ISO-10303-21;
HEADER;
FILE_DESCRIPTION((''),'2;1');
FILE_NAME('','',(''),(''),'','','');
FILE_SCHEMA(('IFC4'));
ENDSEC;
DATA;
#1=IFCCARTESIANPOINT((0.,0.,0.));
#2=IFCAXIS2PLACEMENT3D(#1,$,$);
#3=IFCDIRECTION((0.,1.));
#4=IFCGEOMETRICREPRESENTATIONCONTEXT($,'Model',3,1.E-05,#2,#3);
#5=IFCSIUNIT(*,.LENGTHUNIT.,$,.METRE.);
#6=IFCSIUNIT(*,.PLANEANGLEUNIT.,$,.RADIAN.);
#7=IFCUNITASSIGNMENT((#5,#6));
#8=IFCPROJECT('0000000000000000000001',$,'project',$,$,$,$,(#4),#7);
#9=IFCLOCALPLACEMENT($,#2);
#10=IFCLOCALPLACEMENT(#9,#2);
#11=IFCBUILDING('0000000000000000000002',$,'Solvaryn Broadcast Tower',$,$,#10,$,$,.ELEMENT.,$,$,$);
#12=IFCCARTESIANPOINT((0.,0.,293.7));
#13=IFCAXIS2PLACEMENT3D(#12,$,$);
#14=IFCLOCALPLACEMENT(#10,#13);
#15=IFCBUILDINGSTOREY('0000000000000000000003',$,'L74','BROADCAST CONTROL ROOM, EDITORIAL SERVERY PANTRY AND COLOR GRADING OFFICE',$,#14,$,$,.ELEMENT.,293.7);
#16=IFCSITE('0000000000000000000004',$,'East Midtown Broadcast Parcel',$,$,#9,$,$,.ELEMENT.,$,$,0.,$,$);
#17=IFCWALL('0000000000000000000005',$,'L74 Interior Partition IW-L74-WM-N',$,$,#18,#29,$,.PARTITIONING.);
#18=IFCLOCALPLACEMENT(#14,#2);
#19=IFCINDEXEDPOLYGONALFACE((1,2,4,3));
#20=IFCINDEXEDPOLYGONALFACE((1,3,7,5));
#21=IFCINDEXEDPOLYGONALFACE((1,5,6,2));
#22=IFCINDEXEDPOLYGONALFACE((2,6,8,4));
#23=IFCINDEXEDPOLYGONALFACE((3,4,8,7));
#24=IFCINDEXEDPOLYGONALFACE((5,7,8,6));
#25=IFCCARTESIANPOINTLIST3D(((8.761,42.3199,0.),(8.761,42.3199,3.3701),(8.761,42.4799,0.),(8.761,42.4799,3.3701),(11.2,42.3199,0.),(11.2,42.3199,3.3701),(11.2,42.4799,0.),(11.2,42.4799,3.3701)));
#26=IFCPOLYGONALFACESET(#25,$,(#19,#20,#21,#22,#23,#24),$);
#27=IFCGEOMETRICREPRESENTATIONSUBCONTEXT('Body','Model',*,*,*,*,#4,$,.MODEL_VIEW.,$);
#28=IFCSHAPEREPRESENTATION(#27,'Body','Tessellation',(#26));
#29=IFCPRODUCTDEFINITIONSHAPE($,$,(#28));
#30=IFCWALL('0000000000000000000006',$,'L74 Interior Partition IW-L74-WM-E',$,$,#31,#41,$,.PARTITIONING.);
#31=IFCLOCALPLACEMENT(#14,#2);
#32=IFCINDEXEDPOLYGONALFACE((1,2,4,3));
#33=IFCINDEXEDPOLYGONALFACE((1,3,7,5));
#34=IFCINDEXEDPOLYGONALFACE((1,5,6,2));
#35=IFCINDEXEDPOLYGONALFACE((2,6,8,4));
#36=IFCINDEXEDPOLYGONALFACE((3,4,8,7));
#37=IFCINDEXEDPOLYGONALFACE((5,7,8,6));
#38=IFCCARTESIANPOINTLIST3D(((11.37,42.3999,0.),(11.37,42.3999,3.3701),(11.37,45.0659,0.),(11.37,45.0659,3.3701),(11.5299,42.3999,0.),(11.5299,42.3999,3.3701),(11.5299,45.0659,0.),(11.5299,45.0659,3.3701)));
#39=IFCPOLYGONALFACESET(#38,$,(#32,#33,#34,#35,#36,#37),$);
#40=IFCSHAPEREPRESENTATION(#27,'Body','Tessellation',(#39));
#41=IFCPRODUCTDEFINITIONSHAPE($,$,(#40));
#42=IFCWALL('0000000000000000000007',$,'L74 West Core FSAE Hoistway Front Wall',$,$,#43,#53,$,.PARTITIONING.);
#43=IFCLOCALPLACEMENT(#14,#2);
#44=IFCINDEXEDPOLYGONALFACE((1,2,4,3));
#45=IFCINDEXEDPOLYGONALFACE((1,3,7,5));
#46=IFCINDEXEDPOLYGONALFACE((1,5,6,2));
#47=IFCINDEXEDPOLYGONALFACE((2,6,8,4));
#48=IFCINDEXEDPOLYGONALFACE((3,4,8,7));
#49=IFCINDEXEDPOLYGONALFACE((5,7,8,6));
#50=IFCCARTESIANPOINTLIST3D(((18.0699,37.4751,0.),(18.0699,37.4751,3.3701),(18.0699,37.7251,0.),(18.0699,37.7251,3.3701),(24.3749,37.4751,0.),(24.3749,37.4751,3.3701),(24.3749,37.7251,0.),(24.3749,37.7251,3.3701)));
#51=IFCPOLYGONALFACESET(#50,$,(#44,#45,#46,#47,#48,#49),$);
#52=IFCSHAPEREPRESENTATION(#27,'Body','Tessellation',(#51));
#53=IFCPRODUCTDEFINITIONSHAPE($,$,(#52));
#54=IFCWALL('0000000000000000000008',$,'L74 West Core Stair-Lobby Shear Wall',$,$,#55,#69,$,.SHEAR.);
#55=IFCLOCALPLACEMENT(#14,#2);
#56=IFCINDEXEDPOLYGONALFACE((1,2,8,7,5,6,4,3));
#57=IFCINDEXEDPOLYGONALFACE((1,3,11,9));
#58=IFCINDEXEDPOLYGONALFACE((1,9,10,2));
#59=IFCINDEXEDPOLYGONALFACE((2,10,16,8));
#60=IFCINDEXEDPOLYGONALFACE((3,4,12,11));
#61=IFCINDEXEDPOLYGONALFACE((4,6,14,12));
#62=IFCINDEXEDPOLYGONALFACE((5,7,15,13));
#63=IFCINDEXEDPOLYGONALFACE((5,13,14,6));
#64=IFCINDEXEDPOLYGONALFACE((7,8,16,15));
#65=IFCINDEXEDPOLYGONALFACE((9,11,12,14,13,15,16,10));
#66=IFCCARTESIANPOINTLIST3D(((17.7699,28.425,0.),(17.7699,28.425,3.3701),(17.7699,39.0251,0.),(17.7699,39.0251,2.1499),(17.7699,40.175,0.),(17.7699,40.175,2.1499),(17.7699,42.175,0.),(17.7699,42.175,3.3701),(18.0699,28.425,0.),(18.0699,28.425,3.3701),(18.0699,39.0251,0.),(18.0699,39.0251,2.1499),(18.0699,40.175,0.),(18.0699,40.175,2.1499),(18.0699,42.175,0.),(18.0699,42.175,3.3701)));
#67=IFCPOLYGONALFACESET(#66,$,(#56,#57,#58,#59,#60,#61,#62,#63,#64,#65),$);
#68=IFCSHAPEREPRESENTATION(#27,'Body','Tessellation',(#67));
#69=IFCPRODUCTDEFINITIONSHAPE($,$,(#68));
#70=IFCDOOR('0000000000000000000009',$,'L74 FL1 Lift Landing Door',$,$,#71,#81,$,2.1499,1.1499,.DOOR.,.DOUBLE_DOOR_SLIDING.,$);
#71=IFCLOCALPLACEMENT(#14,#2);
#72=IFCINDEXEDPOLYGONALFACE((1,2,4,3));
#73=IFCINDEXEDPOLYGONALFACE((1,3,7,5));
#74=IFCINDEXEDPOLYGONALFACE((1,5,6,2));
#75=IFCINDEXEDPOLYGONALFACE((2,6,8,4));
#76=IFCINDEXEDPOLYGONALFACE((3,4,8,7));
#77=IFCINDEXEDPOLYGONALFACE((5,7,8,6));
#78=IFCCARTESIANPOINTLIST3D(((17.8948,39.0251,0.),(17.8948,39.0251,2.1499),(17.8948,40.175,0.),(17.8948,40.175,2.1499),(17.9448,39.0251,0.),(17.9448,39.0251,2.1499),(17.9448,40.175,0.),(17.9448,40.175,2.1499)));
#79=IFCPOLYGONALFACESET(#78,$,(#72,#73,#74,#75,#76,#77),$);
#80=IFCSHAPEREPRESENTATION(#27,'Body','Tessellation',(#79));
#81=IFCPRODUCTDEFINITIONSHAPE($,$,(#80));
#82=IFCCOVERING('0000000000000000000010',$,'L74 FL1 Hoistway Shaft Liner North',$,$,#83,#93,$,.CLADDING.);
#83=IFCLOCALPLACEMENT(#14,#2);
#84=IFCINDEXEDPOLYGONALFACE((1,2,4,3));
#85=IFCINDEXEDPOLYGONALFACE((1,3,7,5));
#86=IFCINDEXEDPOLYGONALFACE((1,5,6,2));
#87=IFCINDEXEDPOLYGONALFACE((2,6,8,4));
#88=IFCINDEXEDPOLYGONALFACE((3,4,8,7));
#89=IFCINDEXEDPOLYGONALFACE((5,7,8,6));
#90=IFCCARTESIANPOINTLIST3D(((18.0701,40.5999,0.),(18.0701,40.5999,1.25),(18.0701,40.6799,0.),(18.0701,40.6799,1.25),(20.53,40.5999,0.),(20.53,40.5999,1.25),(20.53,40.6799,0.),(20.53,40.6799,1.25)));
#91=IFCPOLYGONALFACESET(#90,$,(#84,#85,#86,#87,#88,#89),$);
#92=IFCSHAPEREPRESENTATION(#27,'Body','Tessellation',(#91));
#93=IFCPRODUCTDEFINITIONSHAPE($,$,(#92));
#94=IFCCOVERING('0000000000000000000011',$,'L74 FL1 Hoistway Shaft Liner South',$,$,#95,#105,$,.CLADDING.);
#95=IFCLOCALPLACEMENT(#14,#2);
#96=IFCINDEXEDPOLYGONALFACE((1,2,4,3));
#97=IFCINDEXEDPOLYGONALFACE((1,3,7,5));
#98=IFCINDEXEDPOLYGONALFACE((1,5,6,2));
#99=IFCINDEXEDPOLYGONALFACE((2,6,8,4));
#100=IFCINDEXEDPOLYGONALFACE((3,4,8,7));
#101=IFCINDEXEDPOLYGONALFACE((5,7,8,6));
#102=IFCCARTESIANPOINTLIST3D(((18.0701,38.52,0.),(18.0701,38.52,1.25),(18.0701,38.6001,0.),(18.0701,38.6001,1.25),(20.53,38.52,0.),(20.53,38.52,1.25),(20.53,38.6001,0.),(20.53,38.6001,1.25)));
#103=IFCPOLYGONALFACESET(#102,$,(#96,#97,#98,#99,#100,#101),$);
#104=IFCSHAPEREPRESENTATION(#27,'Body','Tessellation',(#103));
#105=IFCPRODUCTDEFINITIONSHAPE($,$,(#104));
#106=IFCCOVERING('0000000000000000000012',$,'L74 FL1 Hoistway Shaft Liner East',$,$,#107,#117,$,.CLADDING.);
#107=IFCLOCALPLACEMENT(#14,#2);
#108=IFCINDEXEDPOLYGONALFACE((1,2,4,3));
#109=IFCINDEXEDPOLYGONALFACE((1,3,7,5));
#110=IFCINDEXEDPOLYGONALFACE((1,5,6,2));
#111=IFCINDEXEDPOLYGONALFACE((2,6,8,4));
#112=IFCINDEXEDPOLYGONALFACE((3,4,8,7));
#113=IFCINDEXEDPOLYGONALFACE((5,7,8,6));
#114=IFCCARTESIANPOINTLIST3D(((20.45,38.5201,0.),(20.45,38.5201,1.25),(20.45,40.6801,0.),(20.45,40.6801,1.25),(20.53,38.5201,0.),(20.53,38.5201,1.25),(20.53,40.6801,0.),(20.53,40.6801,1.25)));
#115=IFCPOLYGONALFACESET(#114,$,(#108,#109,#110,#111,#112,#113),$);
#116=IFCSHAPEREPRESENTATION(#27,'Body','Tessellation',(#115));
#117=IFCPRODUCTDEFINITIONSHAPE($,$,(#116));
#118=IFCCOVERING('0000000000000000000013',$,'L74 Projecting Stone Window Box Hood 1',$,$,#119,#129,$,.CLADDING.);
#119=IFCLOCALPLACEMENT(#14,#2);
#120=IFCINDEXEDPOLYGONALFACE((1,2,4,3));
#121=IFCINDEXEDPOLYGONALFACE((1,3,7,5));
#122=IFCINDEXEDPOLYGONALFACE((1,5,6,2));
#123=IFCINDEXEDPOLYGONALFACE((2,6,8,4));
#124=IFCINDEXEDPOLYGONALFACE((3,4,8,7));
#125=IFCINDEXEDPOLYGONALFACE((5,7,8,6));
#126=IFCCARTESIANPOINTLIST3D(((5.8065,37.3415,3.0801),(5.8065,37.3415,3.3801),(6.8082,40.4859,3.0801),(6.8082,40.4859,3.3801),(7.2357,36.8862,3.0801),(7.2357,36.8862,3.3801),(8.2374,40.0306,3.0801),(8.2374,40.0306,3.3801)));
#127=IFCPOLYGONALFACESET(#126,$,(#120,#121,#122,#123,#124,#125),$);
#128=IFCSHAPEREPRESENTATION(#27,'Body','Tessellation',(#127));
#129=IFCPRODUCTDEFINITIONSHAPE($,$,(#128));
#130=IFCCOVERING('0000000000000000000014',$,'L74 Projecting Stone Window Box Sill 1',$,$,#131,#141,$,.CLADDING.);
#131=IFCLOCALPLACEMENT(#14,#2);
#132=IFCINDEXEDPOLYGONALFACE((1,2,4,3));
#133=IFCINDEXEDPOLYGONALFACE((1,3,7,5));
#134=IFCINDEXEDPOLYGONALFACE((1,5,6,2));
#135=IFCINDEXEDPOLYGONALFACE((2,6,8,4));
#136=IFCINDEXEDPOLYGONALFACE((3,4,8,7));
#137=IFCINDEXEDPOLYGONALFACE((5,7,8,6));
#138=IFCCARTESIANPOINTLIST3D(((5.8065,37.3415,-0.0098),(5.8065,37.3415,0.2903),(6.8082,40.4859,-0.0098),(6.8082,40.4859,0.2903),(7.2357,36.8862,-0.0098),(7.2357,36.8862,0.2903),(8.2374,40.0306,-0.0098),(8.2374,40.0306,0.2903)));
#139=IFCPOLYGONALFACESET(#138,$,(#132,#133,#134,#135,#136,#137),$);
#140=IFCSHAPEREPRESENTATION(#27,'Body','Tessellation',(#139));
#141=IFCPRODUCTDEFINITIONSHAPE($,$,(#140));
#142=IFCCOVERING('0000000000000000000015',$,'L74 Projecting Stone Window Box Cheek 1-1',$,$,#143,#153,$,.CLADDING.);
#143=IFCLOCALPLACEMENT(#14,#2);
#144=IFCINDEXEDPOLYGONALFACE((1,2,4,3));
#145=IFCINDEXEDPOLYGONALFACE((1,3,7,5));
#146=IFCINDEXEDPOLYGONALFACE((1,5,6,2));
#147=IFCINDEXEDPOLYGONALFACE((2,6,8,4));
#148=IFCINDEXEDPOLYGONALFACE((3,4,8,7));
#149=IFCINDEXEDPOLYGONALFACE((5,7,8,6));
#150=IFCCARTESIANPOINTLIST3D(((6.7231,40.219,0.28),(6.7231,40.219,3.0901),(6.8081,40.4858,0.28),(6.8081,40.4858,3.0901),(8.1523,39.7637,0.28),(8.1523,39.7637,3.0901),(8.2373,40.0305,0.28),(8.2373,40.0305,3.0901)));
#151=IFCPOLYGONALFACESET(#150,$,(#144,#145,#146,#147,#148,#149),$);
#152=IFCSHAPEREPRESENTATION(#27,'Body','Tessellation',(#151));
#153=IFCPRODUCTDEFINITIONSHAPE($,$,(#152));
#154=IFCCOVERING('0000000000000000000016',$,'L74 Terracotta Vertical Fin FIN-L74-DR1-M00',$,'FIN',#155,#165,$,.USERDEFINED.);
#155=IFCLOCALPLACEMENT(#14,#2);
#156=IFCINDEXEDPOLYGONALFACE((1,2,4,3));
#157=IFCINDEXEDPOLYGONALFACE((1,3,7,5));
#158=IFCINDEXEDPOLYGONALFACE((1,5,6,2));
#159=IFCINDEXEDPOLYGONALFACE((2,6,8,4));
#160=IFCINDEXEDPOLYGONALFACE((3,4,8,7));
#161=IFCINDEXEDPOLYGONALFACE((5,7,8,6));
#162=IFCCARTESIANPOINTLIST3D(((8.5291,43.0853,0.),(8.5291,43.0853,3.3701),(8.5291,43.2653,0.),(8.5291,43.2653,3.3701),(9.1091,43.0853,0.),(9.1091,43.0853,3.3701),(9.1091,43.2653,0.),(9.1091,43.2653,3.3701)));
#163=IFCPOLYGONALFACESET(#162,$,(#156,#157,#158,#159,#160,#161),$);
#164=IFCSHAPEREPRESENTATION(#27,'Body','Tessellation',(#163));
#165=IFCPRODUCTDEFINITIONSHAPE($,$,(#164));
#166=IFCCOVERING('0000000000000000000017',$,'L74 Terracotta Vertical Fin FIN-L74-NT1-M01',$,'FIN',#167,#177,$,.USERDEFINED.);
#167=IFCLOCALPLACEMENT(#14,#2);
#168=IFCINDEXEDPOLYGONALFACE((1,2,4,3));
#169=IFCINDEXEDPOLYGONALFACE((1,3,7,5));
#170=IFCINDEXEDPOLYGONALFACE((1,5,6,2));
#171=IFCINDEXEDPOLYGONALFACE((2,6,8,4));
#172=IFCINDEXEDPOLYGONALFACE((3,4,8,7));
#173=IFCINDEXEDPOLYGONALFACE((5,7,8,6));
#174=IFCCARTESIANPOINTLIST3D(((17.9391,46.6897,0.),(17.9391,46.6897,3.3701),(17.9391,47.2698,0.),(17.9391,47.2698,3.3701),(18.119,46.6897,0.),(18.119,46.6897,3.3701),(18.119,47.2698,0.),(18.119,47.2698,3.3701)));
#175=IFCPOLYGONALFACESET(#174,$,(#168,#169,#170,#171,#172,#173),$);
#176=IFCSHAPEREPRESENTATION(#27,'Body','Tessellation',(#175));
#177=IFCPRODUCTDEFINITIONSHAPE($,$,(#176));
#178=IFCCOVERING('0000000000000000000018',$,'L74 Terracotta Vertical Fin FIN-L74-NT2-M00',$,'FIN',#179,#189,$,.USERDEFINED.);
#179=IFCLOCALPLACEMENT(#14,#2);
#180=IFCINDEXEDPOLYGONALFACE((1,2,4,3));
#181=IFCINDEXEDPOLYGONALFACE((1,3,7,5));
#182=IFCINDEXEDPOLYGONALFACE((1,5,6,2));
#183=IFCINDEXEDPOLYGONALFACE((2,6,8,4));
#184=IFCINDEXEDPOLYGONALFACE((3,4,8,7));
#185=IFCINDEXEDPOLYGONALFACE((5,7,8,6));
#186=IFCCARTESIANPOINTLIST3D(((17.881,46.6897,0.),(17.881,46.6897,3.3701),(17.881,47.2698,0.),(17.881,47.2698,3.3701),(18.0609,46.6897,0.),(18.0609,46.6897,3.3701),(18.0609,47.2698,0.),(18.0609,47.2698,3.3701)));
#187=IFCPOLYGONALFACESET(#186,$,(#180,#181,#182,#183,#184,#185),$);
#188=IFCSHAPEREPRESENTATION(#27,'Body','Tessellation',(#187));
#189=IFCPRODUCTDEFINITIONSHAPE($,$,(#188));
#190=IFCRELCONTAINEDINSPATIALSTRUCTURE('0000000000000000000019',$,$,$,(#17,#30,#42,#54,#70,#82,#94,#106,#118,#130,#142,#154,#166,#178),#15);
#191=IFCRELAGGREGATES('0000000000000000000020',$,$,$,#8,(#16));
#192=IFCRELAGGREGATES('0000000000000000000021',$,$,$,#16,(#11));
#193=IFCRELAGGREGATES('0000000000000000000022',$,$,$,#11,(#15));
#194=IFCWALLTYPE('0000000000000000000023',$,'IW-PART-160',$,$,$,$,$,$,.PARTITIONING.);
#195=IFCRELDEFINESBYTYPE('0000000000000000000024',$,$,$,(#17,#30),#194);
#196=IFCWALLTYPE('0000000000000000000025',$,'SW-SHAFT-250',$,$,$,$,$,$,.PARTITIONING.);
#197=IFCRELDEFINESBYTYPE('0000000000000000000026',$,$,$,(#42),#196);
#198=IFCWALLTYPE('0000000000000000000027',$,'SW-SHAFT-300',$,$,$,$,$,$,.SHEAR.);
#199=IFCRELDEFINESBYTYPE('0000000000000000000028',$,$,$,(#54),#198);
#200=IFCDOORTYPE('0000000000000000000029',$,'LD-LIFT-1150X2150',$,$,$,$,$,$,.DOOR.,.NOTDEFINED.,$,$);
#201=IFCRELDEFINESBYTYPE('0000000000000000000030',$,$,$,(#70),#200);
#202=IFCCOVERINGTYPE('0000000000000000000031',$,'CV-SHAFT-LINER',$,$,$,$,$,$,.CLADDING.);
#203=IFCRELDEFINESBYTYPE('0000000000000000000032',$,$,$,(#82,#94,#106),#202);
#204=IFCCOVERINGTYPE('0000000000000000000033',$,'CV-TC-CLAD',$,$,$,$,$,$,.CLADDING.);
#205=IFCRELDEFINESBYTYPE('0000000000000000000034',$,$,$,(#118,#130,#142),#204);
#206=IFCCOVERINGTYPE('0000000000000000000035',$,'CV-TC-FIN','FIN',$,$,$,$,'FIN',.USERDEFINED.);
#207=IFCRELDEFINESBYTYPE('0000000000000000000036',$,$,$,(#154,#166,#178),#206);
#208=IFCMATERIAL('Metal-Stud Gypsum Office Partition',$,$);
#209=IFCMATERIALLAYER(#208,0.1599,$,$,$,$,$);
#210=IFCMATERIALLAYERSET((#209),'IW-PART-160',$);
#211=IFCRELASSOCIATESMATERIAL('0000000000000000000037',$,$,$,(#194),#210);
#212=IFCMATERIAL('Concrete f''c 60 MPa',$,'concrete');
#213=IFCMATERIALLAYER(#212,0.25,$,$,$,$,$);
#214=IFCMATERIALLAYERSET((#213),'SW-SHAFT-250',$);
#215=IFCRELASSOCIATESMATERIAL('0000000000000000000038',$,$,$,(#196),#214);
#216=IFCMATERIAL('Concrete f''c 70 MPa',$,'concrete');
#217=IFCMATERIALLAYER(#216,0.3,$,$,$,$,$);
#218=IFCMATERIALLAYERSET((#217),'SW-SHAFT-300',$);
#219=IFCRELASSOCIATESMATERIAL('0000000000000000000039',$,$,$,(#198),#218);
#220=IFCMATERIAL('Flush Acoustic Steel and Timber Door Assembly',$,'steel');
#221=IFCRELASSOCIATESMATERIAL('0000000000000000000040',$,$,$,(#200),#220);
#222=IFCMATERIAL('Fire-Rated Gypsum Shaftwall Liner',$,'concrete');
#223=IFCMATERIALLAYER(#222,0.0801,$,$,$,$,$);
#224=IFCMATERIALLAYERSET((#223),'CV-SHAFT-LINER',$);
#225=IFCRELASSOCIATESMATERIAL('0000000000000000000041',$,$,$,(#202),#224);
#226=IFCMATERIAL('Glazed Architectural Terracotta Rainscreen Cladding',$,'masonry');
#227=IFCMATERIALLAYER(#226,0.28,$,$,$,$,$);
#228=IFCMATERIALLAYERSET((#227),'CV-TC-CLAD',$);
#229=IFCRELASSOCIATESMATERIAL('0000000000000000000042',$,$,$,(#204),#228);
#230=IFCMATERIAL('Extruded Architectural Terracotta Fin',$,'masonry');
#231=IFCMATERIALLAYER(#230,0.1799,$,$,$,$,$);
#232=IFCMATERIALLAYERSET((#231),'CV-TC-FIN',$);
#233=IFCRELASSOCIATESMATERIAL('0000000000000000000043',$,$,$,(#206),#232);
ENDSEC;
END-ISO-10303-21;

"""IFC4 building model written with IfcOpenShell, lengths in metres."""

from ifc_helpers import new_model, si_unit, direction, frame, frame_2d, origin, origin_2d, place, context, subcontext, project, spatial, rectangle, extrude, material, layer, layer_set, type_object, element, fill, save


model = new_model("IFC4")

# Units and contexts
model_context = context("Model", 3, precision=1e-05, world=origin(), true_north=direction((0.0, 1.0)))
body_context = subcontext(model_context, "Body", "Model", "MODEL_VIEW")
ifc_project = project(units=[si_unit("LENGTHUNIT", "METRE"), si_unit("PLANEANGLEUNIT", "RADIAN")], contexts=[model_context])

# Site, building, storey
site_placement = place(None, origin())
site = spatial("IfcSite", under=ifc_project, at=site_placement, Name="East Midtown Broadcast Parcel", CompositionType="ELEMENT", RefElevation=0.0)
building_placement = place(site_placement, origin())
building = spatial("IfcBuilding", under=site, at=building_placement, Name="Solvaryn Broadcast Tower", CompositionType="ELEMENT")
storey_placement = place(building_placement, frame((0.0, 0.0, 293.7)))
storey = spatial("IfcBuildingStorey", under=building, at=storey_placement, Name="L74", Description="BROADCAST CONTROL ROOM, EDITORIAL SERVERY PANTRY AND COLOR GRADING OFFICE", CompositionType="ELEMENT", Elevation=293.7)

# Walls
ifc_material_1 = material(Name="Metal-Stud Gypsum Office Partition")
ifc_layer_1 = layer(ifc_material_1, 0.1599)
ifc_layer_set_1 = layer_set([ifc_layer_1], Name="IW-PART-160")
wall_type_1 = type_object("IfcWallType", Name="IW-PART-160", PredefinedType="PARTITIONING", material=ifc_layer_set_1)
wall_1_placement = place(storey_placement, frame((8.761, 42.3999, 0.0), z_axis=(0.0, 0.0, 1.0), x_axis=(1.0, 0.0, 0.0)))
element("IfcWall", 1, at=wall_1_placement, inside=storey, type_object=wall_type_1, Name="L74 Interior Partition IW-L74-WM-N", PredefinedType="PARTITIONING", context=body_context, shape_type="SweptSolid", body=[
    extrude(rectangle(XDim=2.439, YDim=0.1599, at=frame_2d((1.2195, 0.0))), origin(), (0.0, 0.0, 1.0), 3.3701),
])
wall_2_placement = place(storey_placement, frame((11.45, 42.3999, 0.0), z_axis=(0.0, 0.0, 1.0), x_axis=(0.0, 1.0, 0.0)))
element("IfcWall", 2, at=wall_2_placement, inside=storey, type_object=wall_type_1, Name="L74 Interior Partition IW-L74-WM-E", PredefinedType="PARTITIONING", context=body_context, shape_type="SweptSolid", body=[
    extrude(rectangle(XDim=2.666, YDim=0.1599, at=frame_2d((1.333, 0.0))), origin(), (0.0, 0.0, 1.0), 3.3701),
])
ifc_material_2 = material(Name="Concrete f'c 60 MPa", Category="concrete")
ifc_layer_2 = layer(ifc_material_2, 0.25)
ifc_layer_set_2 = layer_set([ifc_layer_2], Name="SW-SHAFT-250")
wall_type_2 = type_object("IfcWallType", Name="SW-SHAFT-250", PredefinedType="PARTITIONING", material=ifc_layer_set_2)
wall_3_placement = place(storey_placement, frame((18.0701, 37.6001, 0.0), z_axis=(0.0, 0.0, 1.0), x_axis=(1.0, 0.0, 0.0)))
element("IfcWall", 3, at=wall_3_placement, inside=storey, type_object=wall_type_2, Name="L74 West Core FSAE Hoistway Front Wall", PredefinedType="PARTITIONING", context=body_context, shape_type="SweptSolid", body=[
    extrude(rectangle(XDim=6.3049, YDim=0.25, at=frame_2d((3.1523, 0.0))), origin(), (0.0, 0.0, 1.0), 3.3701),
])

# Wall, opening, door
ifc_material_3 = material(Name="Concrete f'c 70 MPa", Category="concrete")
ifc_layer_3 = layer(ifc_material_3, 0.3)
ifc_layer_set_3 = layer_set([ifc_layer_3], Name="SW-SHAFT-300")
wall_type_3 = type_object("IfcWallType", Name="SW-SHAFT-300", PredefinedType="SHEAR", material=ifc_layer_set_3)
wall_4_placement = place(storey_placement, frame((17.9199, 42.175, 0.0), z_axis=(0.0, 0.0, 1.0), x_axis=(0.0, -1.0, 0.0)))
wall_4 = element("IfcWall", 4, at=wall_4_placement, inside=storey, type_object=wall_type_3, Name="L74 West Core Stair-Lobby Shear Wall", PredefinedType="SHEAR", context=body_context, shape_type="SweptSolid", body=[
    extrude(rectangle(XDim=13.75, YDim=0.3, at=frame_2d((6.875, 0.0))), origin(), (0.0, 0.0, 1.0), 3.3701),
])
opening_placement = place(wall_4_placement, frame((2.0, 0.0, 0.0)))
opening = element("IfcOpeningElement", 5, at=opening_placement, cuts=wall_4, PredefinedType="OPENING", context=body_context, shape_type="SweptSolid", body=[
    extrude(rectangle(XDim=1.1499, YDim=2.1499, at=frame_2d((0.575, 1.075))), frame((0.0, 0.1599, 0.0), z_axis=(0.0, -1.0, 0.0), x_axis=(1.0, 0.0, 0.0)), (0.0, 0.0, 1.0), 0.3201),
])
ifc_material_4 = material(Name="Flush Acoustic Steel and Timber Door Assembly", Category="steel")
door_type = type_object("IfcDoorType", Name="LD-LIFT-1150X2150", OperationType="NOTDEFINED", PredefinedType="DOOR", material=ifc_material_4)
door_placement = place(opening_placement, origin())
door = element("IfcDoor", 6, at=door_placement, inside=storey, type_object=door_type, Name="L74 FL1 Lift Landing Door", OperationType="DOUBLE_DOOR_SLIDING", OverallHeight=2.1499, OverallWidth=1.1499, PredefinedType="DOOR", context=body_context, shape_type="SweptSolid", body=[
    extrude(rectangle(XDim=1.1499, YDim=2.1499, at=frame_2d((0.575, 1.075))), frame((0.0, 0.0249, 0.0), z_axis=(0.0, -1.0, 0.0), x_axis=(1.0, 0.0, 0.0)), (0.0, 0.0, 1.0), 0.05),
])
fill(opening, door)

# Coverings
ifc_material_5 = material(Name="Fire-Rated Gypsum Shaftwall Liner", Category="concrete")
ifc_layer_4 = layer(ifc_material_5, 0.0801)
ifc_layer_set_4 = layer_set([ifc_layer_4], Name="CV-SHAFT-LINER")
covering_type_1 = type_object("IfcCoveringType", Name="CV-SHAFT-LINER", PredefinedType="CLADDING", material=ifc_layer_set_4)
for number, where, z_axis, x_axis, name in (
    (7, (19.3, 40.6399, 0.0), (0.0, 0.0, 1.0), (1.0, 0.0, 0.0), "L74 FL1 Hoistway Shaft Liner North"),
    (8, (19.3, 38.5601, 0.0), (0.0, 0.0, 1.0), (1.0, 0.0, 0.0), "L74 FL1 Hoistway Shaft Liner South"),
):
    element("IfcCovering", number, at=place(storey_placement, frame(where, z_axis=z_axis, x_axis=x_axis)), inside=storey, type_object=covering_type_1, Name=name, PredefinedType="CLADDING", context=body_context, shape_type="SweptSolid", body=[
        extrude(rectangle(XDim=2.46, YDim=0.0801, at=origin_2d()), origin(), (0.0, 0.0, 1.0), 1.25),
    ])
covering_1_placement = place(storey_placement, frame((20.49, 39.6001, 0.0), z_axis=(0.0, 0.0, 1.0), x_axis=(1.0, 0.0, 0.0)))
element("IfcCovering", 9, at=covering_1_placement, inside=storey, type_object=covering_type_1, Name="L74 FL1 Hoistway Shaft Liner East", PredefinedType="CLADDING", context=body_context, shape_type="SweptSolid", body=[
    extrude(rectangle(XDim=0.0801, YDim=2.1599, at=origin_2d()), origin(), (0.0, 0.0, 1.0), 1.25),
])
ifc_material_6 = material(Name="Glazed Architectural Terracotta Rainscreen Cladding", Category="masonry")
ifc_layer_5 = layer(ifc_material_6, 0.28)
ifc_layer_set_5 = layer_set([ifc_layer_5], Name="CV-TC-CLAD")
covering_type_2 = type_object("IfcCoveringType", Name="CV-TC-CLAD", PredefinedType="CLADDING", material=ifc_layer_set_5)
for number, where, z_axis, x_axis, name in (
    (10, (7.022, 38.686, 3.0801), (0.0, 0.0, 1.0), (-0.303534, -0.952821, 0.0), "L74 Projecting Stone Window Box Hood 1"),
    (11, (7.022, 38.686, -0.0098), (0.0, 0.0, 1.0), (-0.303534, -0.952821, 0.0), "L74 Projecting Stone Window Box Sill 1"),
):
    element("IfcCovering", number, at=place(storey_placement, frame(where, z_axis=z_axis, x_axis=x_axis)), inside=storey, type_object=covering_type_2, Name=name, PredefinedType="CLADDING", context=body_context, shape_type="SweptSolid", body=[
        extrude(rectangle(XDim=3.3, YDim=1.5, at=origin_2d()), origin(), (0.0, 0.0, 1.0), 0.3),
    ])
covering_2_placement = place(storey_placement, frame((7.4802, 40.1248, 0.28), z_axis=(0.0, 0.0, 1.0), x_axis=(-0.303534, -0.952821, 0.0)))
element("IfcCovering", 12, at=covering_2_placement, inside=storey, type_object=covering_type_2, Name="L74 Projecting Stone Window Box Cheek 1-1", PredefinedType="CLADDING", context=body_context, shape_type="SweptSolid", body=[
    extrude(rectangle(XDim=0.28, YDim=1.5, at=origin_2d()), origin(), (0.0, 0.0, 1.0), 2.8101),
])
ifc_material_7 = material(Name="Extruded Architectural Terracotta Fin", Category="masonry")
ifc_layer_6 = layer(ifc_material_7, 0.1799)
ifc_layer_set_6 = layer_set([ifc_layer_6], Name="CV-TC-FIN")
covering_type_3 = type_object("IfcCoveringType", Name="CV-TC-FIN", Description="FIN", ElementType="FIN", PredefinedType="USERDEFINED", material=ifc_layer_set_6)
covering_3_placement = place(storey_placement, frame((8.8191, 43.1753, 0.0), z_axis=(0.0, 0.0, 1.0), x_axis=(1.0, 0.0, 0.0)))
element("IfcCovering", 13, at=covering_3_placement, inside=storey, type_object=covering_type_3, Name="L74 Terracotta Vertical Fin FIN-L74-DR1-M00", ObjectType="FIN", PredefinedType="USERDEFINED", context=body_context, shape_type="SweptSolid", body=[
    extrude(rectangle(XDim=0.5801, YDim=0.1799, at=origin_2d()), origin(), (0.0, 0.0, 1.0), 3.3701),
])
for number, where, z_axis, x_axis, name in (
    (14, (18.0291, 46.9797, 0.0), (0.0, 0.0, 1.0), (1.0, 0.0, 0.0), "L74 Terracotta Vertical Fin FIN-L74-NT1-M01"),
    (15, (17.9709, 46.9797, 0.0), (0.0, 0.0, 1.0), (1.0, 0.0, 0.0), "L74 Terracotta Vertical Fin FIN-L74-NT2-M00"),
):
    element("IfcCovering", number, at=place(storey_placement, frame(where, z_axis=z_axis, x_axis=x_axis)), inside=storey, type_object=covering_type_3, Name=name, ObjectType="FIN", PredefinedType="USERDEFINED", context=body_context, shape_type="SweptSolid", body=[
        extrude(rectangle(XDim=0.1799, YDim=0.5801, at=origin_2d()), origin(), (0.0, 0.0, 1.0), 3.3701),
    ])

save(model, "model.ifc")
